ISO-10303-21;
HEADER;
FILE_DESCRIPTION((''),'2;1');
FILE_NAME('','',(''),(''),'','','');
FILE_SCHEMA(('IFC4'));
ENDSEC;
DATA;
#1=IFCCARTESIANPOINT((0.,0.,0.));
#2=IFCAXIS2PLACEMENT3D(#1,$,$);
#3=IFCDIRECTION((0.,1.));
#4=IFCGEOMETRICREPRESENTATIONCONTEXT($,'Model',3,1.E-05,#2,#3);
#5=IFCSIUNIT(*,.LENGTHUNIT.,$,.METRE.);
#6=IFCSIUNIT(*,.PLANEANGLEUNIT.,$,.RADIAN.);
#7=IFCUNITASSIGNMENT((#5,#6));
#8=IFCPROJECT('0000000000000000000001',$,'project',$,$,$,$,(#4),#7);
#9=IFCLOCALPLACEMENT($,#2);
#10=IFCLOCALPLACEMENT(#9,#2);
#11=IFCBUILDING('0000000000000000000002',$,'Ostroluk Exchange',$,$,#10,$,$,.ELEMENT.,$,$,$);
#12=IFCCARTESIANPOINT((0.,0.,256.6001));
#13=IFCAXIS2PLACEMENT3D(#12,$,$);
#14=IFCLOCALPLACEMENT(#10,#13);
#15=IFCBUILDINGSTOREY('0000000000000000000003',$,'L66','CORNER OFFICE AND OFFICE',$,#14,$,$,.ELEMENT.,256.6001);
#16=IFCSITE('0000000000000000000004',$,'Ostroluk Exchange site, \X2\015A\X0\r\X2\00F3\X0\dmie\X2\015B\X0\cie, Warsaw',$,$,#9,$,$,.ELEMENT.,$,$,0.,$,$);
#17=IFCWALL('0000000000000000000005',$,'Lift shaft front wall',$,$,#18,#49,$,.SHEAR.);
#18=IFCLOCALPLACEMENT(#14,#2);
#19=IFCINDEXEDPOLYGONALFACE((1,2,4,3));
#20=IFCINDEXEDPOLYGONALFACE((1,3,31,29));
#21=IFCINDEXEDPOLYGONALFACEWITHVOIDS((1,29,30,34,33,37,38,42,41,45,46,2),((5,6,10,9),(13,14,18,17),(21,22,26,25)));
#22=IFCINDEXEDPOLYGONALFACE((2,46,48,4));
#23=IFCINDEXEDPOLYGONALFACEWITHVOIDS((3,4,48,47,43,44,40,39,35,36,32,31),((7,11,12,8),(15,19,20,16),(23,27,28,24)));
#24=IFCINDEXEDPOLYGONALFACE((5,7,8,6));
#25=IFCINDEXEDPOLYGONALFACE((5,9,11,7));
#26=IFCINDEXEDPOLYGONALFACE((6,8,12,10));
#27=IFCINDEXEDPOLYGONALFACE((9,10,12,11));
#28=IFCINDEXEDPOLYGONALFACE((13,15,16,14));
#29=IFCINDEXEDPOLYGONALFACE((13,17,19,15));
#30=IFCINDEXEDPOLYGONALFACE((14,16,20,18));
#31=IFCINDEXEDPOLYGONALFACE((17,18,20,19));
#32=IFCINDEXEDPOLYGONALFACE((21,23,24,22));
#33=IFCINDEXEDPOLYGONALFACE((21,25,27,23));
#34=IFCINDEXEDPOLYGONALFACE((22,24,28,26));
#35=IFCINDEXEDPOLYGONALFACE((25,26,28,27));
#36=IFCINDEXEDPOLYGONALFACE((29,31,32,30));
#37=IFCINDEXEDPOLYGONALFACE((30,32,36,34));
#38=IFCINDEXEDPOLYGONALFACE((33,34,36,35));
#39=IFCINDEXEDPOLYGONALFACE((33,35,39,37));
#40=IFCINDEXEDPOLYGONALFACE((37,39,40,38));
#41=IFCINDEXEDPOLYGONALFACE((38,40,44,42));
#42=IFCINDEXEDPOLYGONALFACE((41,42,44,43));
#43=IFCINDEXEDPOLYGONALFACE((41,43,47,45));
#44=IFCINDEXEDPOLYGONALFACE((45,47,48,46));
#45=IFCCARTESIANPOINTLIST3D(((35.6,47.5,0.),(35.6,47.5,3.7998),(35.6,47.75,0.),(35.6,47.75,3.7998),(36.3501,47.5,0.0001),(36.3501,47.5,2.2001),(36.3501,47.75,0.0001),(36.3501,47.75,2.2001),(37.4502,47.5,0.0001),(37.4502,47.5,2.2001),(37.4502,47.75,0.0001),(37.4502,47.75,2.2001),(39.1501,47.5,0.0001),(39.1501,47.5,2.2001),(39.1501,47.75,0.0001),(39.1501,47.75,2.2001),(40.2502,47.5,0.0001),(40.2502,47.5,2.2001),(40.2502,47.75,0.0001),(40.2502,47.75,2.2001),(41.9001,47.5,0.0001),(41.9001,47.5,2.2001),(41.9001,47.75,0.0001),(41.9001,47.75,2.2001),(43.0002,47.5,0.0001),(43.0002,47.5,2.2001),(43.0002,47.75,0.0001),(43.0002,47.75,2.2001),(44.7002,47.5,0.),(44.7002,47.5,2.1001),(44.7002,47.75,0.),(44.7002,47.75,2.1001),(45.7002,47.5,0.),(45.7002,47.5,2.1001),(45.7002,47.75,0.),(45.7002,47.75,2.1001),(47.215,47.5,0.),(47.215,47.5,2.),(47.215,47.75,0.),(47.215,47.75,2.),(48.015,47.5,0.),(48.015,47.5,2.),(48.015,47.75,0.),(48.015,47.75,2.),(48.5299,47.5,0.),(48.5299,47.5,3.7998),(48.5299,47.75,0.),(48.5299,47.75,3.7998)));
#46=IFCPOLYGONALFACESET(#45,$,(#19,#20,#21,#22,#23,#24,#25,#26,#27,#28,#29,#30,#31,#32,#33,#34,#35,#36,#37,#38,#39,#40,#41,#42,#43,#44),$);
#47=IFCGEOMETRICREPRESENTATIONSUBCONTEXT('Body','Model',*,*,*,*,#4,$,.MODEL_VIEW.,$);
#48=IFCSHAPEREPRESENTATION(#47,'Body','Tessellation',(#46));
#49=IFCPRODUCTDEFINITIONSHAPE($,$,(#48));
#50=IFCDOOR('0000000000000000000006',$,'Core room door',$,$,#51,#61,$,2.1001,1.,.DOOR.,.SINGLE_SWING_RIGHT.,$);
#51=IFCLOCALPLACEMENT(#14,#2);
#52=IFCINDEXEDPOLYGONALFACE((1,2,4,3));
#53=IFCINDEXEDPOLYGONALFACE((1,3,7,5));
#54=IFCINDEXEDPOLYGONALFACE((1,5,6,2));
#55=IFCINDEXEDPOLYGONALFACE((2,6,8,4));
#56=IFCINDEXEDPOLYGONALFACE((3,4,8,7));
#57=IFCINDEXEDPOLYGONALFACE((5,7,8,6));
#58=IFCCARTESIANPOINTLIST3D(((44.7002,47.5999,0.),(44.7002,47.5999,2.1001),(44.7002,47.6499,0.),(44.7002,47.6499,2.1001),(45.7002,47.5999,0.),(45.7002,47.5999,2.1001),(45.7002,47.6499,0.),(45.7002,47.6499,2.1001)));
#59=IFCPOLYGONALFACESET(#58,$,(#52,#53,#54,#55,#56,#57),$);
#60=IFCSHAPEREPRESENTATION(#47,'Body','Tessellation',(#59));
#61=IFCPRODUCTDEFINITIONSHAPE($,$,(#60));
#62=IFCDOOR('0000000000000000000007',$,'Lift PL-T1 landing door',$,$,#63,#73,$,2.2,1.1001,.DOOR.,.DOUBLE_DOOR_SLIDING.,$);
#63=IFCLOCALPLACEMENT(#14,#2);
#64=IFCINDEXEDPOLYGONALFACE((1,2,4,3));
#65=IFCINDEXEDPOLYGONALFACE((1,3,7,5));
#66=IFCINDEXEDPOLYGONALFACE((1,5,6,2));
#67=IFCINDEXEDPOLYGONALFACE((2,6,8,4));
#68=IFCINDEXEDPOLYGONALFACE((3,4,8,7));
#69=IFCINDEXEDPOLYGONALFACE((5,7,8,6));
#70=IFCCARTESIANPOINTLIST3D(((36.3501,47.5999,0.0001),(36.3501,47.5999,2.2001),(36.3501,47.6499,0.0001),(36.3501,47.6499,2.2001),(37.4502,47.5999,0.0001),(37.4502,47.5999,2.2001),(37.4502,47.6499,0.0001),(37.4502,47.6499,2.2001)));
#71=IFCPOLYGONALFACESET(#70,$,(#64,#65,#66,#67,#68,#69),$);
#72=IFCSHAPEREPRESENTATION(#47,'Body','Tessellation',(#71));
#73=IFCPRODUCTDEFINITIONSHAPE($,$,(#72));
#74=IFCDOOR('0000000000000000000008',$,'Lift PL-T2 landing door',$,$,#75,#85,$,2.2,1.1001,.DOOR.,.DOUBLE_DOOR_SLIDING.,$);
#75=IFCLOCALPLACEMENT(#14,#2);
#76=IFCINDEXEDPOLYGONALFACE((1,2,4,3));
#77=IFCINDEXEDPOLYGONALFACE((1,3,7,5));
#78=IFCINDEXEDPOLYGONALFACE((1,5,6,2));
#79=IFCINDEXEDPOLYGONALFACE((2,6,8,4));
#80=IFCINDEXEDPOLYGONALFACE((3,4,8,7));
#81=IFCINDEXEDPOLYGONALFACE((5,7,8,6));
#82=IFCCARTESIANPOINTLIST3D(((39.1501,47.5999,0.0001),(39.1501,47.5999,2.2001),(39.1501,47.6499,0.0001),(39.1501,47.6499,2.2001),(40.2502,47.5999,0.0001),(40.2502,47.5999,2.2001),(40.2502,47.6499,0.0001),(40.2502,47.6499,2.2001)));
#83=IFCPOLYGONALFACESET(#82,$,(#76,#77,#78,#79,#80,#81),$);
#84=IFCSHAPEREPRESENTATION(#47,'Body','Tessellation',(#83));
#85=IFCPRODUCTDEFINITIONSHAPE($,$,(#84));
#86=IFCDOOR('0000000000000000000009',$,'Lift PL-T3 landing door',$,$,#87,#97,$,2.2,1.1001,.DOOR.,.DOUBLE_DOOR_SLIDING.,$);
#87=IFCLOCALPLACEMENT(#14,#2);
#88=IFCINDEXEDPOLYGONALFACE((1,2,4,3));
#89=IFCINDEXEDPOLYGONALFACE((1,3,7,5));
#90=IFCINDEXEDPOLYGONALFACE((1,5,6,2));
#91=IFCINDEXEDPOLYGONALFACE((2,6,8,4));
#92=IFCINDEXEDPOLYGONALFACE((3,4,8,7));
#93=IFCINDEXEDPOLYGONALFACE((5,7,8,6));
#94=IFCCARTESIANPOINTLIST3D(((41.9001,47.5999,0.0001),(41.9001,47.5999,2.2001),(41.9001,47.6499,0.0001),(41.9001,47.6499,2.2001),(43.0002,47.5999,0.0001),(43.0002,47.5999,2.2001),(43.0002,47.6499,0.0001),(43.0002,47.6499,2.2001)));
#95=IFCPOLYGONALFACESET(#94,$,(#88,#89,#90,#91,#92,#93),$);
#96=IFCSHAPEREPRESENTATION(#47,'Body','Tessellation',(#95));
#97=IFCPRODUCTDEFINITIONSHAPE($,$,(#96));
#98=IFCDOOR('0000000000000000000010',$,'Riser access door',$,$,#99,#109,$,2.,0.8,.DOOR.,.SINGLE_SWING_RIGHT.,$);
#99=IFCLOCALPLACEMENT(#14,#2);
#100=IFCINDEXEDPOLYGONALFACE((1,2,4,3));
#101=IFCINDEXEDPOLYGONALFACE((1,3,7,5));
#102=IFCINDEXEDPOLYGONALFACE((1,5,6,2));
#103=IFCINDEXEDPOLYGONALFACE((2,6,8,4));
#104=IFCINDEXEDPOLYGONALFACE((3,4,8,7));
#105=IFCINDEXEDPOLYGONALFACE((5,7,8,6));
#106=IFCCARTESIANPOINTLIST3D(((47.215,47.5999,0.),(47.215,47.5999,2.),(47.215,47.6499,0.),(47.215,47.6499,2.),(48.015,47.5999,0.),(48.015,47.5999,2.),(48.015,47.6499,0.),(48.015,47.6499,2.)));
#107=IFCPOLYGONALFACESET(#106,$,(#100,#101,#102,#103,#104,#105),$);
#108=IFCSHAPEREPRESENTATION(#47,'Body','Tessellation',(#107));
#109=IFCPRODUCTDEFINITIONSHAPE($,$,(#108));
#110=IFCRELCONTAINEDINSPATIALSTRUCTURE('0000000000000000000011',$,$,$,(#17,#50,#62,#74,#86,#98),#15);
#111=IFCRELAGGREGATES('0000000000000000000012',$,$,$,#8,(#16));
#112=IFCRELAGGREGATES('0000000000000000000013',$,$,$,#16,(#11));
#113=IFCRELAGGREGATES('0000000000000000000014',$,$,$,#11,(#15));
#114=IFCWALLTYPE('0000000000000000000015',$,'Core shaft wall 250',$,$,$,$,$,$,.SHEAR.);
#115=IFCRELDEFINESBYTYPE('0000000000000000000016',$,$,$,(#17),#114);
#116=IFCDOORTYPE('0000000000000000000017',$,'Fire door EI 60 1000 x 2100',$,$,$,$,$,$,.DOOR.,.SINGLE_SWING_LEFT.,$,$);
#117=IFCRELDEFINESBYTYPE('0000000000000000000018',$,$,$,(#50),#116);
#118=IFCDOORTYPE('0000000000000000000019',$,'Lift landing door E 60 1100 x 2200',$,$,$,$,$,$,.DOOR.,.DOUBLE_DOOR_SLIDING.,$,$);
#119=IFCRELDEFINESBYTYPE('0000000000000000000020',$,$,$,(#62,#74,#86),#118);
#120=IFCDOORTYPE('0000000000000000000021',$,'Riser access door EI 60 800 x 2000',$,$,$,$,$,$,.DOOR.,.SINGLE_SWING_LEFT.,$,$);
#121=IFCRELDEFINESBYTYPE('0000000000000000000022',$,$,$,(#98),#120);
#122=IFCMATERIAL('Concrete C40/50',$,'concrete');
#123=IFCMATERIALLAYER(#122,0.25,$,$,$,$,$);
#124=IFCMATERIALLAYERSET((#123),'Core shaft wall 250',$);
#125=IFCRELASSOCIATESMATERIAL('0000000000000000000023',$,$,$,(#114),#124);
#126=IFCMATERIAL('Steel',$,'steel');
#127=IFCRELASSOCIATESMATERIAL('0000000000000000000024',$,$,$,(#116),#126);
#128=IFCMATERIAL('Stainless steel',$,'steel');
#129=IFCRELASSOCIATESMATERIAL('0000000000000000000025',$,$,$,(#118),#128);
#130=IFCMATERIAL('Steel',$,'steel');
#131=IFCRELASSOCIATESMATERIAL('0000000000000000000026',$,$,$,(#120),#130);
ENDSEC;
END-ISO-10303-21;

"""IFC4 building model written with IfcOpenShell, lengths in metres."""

from ifc_helpers import new_model, si_unit, direction, frame, frame_2d, origin, place, context, subcontext, project, spatial, rectangle, extrude, material, layer, layer_set, type_object, element, fill, save


model = new_model("IFC4")

# Units and contexts
model_context = context("Model", 3, precision=1e-05, world=origin(), true_north=direction((0.0, 1.0)))
body_context = subcontext(model_context, "Body", "Model", "MODEL_VIEW")
ifc_project = project(units=[si_unit("LENGTHUNIT", "METRE"), si_unit("PLANEANGLEUNIT", "RADIAN")], contexts=[model_context])

# Site, building, storey
site_placement = place(None, origin())
site = spatial("IfcSite", under=ifc_project, at=site_placement, Name="Ostroluk Exchange site, Śródmieście, Warsaw", CompositionType="ELEMENT", RefElevation=0.0)
building_placement = place(site_placement, origin())
building = spatial("IfcBuilding", under=site, at=building_placement, Name="Ostroluk Exchange", CompositionType="ELEMENT")
storey_placement = place(building_placement, frame((0.0, 0.0, 256.6001)))
storey = spatial("IfcBuildingStorey", under=building, at=storey_placement, Name="L66", Description="CORNER OFFICE AND OFFICE", CompositionType="ELEMENT", Elevation=256.6001)

# Shared definitions
ifc_material_1 = material(Name="Concrete C40/50", Category="concrete")
ifc_layer = layer(ifc_material_1, 0.25)
ifc_layer_set = layer_set([ifc_layer], Name="Core shaft wall 250")
wall_type = type_object("IfcWallType", Name="Core shaft wall 250", PredefinedType="SHEAR", material=ifc_layer_set)

# Wall, openings, doors
wall_1_placement = place(storey_placement, frame((35.6001, 47.625, 0.0), z_axis=(0.0, 0.0, 1.0), x_axis=(1.0, 0.0, 0.0)))
wall_1 = element("IfcWall", 1, at=wall_1_placement, inside=storey, type_object=wall_type, Name="Lift shaft front wall", PredefinedType="SHEAR", context=body_context, shape_type="SweptSolid", body=[
    extrude(rectangle(XDim=12.9299, YDim=0.25, at=frame_2d((6.4648, 0.0))), origin(), (0.0, 0.0, 1.0), 3.7998),
])
opening_1_placement = place(wall_1_placement, frame((0.75, 0.0, 0.0)))
opening_1 = element("IfcOpeningElement", 2, at=opening_1_placement, cuts=wall_1, PredefinedType="OPENING", context=body_context, shape_type="SweptSolid", body=[
    extrude(rectangle(XDim=1.1001, YDim=2.2, at=frame_2d((0.55, 1.1001))), frame((0.0, 0.135, 0.0), z_axis=(0.0, -1.0, 0.0), x_axis=(1.0, 0.0, 0.0)), (0.0, 0.0, 1.0), 0.27),
])
opening_2_placement = place(wall_1_placement, frame((3.55, 0.0, 0.0)))
opening_2 = element("IfcOpeningElement", 3, at=opening_2_placement, cuts=wall_1, PredefinedType="OPENING", context=body_context, shape_type="SweptSolid", body=[
    extrude(rectangle(XDim=1.1001, YDim=2.2, at=frame_2d((0.55, 1.1001))), frame((0.0, 0.135, 0.0), z_axis=(0.0, -1.0, 0.0), x_axis=(1.0, 0.0, 0.0)), (0.0, 0.0, 1.0), 0.27),
])
opening_3_placement = place(wall_1_placement, frame((6.3, 0.0, 0.0)))
opening_3 = element("IfcOpeningElement", 4, at=opening_3_placement, cuts=wall_1, PredefinedType="OPENING", context=body_context, shape_type="SweptSolid", body=[
    extrude(rectangle(XDim=1.1001, YDim=2.2, at=frame_2d((0.55, 1.1001))), frame((0.0, 0.135, 0.0), z_axis=(0.0, -1.0, 0.0), x_axis=(1.0, 0.0, 0.0)), (0.0, 0.0, 1.0), 0.27),
])
opening_4_placement = place(wall_1_placement, frame((9.1001, 0.0, 0.0)))
opening_4 = element("IfcOpeningElement", 5, at=opening_4_placement, cuts=wall_1, PredefinedType="OPENING", context=body_context, shape_type="SweptSolid", body=[
    extrude(rectangle(XDim=1.0, YDim=2.1001, at=frame_2d((0.5, 1.05))), frame((0.0, 0.135, 0.0), z_axis=(0.0, -1.0, 0.0), x_axis=(1.0, 0.0, 0.0)), (0.0, 0.0, 1.0), 0.27),
])
opening_5_placement = place(wall_1_placement, frame((11.615, 0.0, 0.0)))
opening_5 = element("IfcOpeningElement", 6, at=opening_5_placement, cuts=wall_1, PredefinedType="OPENING", context=body_context, shape_type="SweptSolid", body=[
    extrude(rectangle(XDim=0.8, YDim=2.0, at=frame_2d((0.3999, 1.0))), frame((0.0, 0.135, 0.0), z_axis=(0.0, -1.0, 0.0), x_axis=(1.0, 0.0, 0.0)), (0.0, 0.0, 1.0), 0.27),
])
ifc_material_2 = material(Name="Steel", Category="steel")
door_type_1 = type_object("IfcDoorType", Name="Fire door EI 60 1000 x 2100", OperationType="SINGLE_SWING_LEFT", PredefinedType="DOOR", material=ifc_material_2)
door_1_placement = place(opening_4_placement, origin())
door_1 = element("IfcDoor", 7, at=door_1_placement, inside=storey, type_object=door_type_1, Name="Core room door", OperationType="SINGLE_SWING_RIGHT", OverallHeight=2.1001, OverallWidth=1.0, PredefinedType="DOOR", context=body_context, shape_type="SweptSolid", body=[
    extrude(rectangle(XDim=1.0, YDim=2.1001, at=frame_2d((0.5, 1.05))), frame((0.0, 0.0249, 0.0), z_axis=(0.0, -1.0, 0.0), x_axis=(1.0, 0.0, 0.0)), (0.0, 0.0, 1.0), 0.05),
])
fill(opening_4, door_1)
ifc_material_3 = material(Name="Stainless steel", Category="steel")
door_type_2 = type_object("IfcDoorType", Name="Lift landing door E 60 1100 x 2200", OperationType="DOUBLE_DOOR_SLIDING", PredefinedType="DOOR", material=ifc_material_3)
door_2_placement = place(opening_1_placement, origin())
door_2 = element("IfcDoor", 8, at=door_2_placement, inside=storey, type_object=door_type_2, Name="Lift PL-T1 landing door", OperationType="DOUBLE_DOOR_SLIDING", OverallHeight=2.2, OverallWidth=1.1001, PredefinedType="DOOR", context=body_context, shape_type="SweptSolid", body=[
    extrude(rectangle(XDim=1.1001, YDim=2.2, at=frame_2d((0.55, 1.1001))), frame((0.0, 0.0249, 0.0), z_axis=(0.0, -1.0, 0.0), x_axis=(1.0, 0.0, 0.0)), (0.0, 0.0, 1.0), 0.05),
])
fill(opening_1, door_2)
door_3_placement = place(opening_2_placement, origin())
door_3 = element("IfcDoor", 9, at=door_3_placement, inside=storey, type_object=door_type_2, Name="Lift PL-T2 landing door", OperationType="DOUBLE_DOOR_SLIDING", OverallHeight=2.2, OverallWidth=1.1001, PredefinedType="DOOR", context=body_context, shape_type="SweptSolid", body=[
    extrude(rectangle(XDim=1.1001, YDim=2.2, at=frame_2d((0.55, 1.1001))), frame((0.0, 0.0249, 0.0), z_axis=(0.0, -1.0, 0.0), x_axis=(1.0, 0.0, 0.0)), (0.0, 0.0, 1.0), 0.05),
])
fill(opening_2, door_3)
door_4_placement = place(opening_3_placement, origin())
door_4 = element("IfcDoor", 10, at=door_4_placement, inside=storey, type_object=door_type_2, Name="Lift PL-T3 landing door", OperationType="DOUBLE_DOOR_SLIDING", OverallHeight=2.2, OverallWidth=1.1001, PredefinedType="DOOR", context=body_context, shape_type="SweptSolid", body=[
    extrude(rectangle(XDim=1.1001, YDim=2.2, at=frame_2d((0.55, 1.1001))), frame((0.0, 0.0249, 0.0), z_axis=(0.0, -1.0, 0.0), x_axis=(1.0, 0.0, 0.0)), (0.0, 0.0, 1.0), 0.05),
])
fill(opening_3, door_4)
ifc_material_4 = material(Name="Steel", Category="steel")
door_type_3 = type_object("IfcDoorType", Name="Riser access door EI 60 800 x 2000", OperationType="SINGLE_SWING_LEFT", PredefinedType="DOOR", material=ifc_material_4)
door_5_placement = place(opening_5_placement, origin())
door_5 = element("IfcDoor", 11, at=door_5_placement, inside=storey, type_object=door_type_3, Name="Riser access door", OperationType="SINGLE_SWING_RIGHT", OverallHeight=2.0, OverallWidth=0.8, PredefinedType="DOOR", context=body_context, shape_type="SweptSolid", body=[
    extrude(rectangle(XDim=0.8, YDim=2.0, at=frame_2d((0.3999, 1.0))), frame((0.0, 0.0249, 0.0), z_axis=(0.0, -1.0, 0.0), x_axis=(1.0, 0.0, 0.0)), (0.0, 0.0, 1.0), 0.05),
])
fill(opening_5, door_5)

save(model, "model.ifc")
